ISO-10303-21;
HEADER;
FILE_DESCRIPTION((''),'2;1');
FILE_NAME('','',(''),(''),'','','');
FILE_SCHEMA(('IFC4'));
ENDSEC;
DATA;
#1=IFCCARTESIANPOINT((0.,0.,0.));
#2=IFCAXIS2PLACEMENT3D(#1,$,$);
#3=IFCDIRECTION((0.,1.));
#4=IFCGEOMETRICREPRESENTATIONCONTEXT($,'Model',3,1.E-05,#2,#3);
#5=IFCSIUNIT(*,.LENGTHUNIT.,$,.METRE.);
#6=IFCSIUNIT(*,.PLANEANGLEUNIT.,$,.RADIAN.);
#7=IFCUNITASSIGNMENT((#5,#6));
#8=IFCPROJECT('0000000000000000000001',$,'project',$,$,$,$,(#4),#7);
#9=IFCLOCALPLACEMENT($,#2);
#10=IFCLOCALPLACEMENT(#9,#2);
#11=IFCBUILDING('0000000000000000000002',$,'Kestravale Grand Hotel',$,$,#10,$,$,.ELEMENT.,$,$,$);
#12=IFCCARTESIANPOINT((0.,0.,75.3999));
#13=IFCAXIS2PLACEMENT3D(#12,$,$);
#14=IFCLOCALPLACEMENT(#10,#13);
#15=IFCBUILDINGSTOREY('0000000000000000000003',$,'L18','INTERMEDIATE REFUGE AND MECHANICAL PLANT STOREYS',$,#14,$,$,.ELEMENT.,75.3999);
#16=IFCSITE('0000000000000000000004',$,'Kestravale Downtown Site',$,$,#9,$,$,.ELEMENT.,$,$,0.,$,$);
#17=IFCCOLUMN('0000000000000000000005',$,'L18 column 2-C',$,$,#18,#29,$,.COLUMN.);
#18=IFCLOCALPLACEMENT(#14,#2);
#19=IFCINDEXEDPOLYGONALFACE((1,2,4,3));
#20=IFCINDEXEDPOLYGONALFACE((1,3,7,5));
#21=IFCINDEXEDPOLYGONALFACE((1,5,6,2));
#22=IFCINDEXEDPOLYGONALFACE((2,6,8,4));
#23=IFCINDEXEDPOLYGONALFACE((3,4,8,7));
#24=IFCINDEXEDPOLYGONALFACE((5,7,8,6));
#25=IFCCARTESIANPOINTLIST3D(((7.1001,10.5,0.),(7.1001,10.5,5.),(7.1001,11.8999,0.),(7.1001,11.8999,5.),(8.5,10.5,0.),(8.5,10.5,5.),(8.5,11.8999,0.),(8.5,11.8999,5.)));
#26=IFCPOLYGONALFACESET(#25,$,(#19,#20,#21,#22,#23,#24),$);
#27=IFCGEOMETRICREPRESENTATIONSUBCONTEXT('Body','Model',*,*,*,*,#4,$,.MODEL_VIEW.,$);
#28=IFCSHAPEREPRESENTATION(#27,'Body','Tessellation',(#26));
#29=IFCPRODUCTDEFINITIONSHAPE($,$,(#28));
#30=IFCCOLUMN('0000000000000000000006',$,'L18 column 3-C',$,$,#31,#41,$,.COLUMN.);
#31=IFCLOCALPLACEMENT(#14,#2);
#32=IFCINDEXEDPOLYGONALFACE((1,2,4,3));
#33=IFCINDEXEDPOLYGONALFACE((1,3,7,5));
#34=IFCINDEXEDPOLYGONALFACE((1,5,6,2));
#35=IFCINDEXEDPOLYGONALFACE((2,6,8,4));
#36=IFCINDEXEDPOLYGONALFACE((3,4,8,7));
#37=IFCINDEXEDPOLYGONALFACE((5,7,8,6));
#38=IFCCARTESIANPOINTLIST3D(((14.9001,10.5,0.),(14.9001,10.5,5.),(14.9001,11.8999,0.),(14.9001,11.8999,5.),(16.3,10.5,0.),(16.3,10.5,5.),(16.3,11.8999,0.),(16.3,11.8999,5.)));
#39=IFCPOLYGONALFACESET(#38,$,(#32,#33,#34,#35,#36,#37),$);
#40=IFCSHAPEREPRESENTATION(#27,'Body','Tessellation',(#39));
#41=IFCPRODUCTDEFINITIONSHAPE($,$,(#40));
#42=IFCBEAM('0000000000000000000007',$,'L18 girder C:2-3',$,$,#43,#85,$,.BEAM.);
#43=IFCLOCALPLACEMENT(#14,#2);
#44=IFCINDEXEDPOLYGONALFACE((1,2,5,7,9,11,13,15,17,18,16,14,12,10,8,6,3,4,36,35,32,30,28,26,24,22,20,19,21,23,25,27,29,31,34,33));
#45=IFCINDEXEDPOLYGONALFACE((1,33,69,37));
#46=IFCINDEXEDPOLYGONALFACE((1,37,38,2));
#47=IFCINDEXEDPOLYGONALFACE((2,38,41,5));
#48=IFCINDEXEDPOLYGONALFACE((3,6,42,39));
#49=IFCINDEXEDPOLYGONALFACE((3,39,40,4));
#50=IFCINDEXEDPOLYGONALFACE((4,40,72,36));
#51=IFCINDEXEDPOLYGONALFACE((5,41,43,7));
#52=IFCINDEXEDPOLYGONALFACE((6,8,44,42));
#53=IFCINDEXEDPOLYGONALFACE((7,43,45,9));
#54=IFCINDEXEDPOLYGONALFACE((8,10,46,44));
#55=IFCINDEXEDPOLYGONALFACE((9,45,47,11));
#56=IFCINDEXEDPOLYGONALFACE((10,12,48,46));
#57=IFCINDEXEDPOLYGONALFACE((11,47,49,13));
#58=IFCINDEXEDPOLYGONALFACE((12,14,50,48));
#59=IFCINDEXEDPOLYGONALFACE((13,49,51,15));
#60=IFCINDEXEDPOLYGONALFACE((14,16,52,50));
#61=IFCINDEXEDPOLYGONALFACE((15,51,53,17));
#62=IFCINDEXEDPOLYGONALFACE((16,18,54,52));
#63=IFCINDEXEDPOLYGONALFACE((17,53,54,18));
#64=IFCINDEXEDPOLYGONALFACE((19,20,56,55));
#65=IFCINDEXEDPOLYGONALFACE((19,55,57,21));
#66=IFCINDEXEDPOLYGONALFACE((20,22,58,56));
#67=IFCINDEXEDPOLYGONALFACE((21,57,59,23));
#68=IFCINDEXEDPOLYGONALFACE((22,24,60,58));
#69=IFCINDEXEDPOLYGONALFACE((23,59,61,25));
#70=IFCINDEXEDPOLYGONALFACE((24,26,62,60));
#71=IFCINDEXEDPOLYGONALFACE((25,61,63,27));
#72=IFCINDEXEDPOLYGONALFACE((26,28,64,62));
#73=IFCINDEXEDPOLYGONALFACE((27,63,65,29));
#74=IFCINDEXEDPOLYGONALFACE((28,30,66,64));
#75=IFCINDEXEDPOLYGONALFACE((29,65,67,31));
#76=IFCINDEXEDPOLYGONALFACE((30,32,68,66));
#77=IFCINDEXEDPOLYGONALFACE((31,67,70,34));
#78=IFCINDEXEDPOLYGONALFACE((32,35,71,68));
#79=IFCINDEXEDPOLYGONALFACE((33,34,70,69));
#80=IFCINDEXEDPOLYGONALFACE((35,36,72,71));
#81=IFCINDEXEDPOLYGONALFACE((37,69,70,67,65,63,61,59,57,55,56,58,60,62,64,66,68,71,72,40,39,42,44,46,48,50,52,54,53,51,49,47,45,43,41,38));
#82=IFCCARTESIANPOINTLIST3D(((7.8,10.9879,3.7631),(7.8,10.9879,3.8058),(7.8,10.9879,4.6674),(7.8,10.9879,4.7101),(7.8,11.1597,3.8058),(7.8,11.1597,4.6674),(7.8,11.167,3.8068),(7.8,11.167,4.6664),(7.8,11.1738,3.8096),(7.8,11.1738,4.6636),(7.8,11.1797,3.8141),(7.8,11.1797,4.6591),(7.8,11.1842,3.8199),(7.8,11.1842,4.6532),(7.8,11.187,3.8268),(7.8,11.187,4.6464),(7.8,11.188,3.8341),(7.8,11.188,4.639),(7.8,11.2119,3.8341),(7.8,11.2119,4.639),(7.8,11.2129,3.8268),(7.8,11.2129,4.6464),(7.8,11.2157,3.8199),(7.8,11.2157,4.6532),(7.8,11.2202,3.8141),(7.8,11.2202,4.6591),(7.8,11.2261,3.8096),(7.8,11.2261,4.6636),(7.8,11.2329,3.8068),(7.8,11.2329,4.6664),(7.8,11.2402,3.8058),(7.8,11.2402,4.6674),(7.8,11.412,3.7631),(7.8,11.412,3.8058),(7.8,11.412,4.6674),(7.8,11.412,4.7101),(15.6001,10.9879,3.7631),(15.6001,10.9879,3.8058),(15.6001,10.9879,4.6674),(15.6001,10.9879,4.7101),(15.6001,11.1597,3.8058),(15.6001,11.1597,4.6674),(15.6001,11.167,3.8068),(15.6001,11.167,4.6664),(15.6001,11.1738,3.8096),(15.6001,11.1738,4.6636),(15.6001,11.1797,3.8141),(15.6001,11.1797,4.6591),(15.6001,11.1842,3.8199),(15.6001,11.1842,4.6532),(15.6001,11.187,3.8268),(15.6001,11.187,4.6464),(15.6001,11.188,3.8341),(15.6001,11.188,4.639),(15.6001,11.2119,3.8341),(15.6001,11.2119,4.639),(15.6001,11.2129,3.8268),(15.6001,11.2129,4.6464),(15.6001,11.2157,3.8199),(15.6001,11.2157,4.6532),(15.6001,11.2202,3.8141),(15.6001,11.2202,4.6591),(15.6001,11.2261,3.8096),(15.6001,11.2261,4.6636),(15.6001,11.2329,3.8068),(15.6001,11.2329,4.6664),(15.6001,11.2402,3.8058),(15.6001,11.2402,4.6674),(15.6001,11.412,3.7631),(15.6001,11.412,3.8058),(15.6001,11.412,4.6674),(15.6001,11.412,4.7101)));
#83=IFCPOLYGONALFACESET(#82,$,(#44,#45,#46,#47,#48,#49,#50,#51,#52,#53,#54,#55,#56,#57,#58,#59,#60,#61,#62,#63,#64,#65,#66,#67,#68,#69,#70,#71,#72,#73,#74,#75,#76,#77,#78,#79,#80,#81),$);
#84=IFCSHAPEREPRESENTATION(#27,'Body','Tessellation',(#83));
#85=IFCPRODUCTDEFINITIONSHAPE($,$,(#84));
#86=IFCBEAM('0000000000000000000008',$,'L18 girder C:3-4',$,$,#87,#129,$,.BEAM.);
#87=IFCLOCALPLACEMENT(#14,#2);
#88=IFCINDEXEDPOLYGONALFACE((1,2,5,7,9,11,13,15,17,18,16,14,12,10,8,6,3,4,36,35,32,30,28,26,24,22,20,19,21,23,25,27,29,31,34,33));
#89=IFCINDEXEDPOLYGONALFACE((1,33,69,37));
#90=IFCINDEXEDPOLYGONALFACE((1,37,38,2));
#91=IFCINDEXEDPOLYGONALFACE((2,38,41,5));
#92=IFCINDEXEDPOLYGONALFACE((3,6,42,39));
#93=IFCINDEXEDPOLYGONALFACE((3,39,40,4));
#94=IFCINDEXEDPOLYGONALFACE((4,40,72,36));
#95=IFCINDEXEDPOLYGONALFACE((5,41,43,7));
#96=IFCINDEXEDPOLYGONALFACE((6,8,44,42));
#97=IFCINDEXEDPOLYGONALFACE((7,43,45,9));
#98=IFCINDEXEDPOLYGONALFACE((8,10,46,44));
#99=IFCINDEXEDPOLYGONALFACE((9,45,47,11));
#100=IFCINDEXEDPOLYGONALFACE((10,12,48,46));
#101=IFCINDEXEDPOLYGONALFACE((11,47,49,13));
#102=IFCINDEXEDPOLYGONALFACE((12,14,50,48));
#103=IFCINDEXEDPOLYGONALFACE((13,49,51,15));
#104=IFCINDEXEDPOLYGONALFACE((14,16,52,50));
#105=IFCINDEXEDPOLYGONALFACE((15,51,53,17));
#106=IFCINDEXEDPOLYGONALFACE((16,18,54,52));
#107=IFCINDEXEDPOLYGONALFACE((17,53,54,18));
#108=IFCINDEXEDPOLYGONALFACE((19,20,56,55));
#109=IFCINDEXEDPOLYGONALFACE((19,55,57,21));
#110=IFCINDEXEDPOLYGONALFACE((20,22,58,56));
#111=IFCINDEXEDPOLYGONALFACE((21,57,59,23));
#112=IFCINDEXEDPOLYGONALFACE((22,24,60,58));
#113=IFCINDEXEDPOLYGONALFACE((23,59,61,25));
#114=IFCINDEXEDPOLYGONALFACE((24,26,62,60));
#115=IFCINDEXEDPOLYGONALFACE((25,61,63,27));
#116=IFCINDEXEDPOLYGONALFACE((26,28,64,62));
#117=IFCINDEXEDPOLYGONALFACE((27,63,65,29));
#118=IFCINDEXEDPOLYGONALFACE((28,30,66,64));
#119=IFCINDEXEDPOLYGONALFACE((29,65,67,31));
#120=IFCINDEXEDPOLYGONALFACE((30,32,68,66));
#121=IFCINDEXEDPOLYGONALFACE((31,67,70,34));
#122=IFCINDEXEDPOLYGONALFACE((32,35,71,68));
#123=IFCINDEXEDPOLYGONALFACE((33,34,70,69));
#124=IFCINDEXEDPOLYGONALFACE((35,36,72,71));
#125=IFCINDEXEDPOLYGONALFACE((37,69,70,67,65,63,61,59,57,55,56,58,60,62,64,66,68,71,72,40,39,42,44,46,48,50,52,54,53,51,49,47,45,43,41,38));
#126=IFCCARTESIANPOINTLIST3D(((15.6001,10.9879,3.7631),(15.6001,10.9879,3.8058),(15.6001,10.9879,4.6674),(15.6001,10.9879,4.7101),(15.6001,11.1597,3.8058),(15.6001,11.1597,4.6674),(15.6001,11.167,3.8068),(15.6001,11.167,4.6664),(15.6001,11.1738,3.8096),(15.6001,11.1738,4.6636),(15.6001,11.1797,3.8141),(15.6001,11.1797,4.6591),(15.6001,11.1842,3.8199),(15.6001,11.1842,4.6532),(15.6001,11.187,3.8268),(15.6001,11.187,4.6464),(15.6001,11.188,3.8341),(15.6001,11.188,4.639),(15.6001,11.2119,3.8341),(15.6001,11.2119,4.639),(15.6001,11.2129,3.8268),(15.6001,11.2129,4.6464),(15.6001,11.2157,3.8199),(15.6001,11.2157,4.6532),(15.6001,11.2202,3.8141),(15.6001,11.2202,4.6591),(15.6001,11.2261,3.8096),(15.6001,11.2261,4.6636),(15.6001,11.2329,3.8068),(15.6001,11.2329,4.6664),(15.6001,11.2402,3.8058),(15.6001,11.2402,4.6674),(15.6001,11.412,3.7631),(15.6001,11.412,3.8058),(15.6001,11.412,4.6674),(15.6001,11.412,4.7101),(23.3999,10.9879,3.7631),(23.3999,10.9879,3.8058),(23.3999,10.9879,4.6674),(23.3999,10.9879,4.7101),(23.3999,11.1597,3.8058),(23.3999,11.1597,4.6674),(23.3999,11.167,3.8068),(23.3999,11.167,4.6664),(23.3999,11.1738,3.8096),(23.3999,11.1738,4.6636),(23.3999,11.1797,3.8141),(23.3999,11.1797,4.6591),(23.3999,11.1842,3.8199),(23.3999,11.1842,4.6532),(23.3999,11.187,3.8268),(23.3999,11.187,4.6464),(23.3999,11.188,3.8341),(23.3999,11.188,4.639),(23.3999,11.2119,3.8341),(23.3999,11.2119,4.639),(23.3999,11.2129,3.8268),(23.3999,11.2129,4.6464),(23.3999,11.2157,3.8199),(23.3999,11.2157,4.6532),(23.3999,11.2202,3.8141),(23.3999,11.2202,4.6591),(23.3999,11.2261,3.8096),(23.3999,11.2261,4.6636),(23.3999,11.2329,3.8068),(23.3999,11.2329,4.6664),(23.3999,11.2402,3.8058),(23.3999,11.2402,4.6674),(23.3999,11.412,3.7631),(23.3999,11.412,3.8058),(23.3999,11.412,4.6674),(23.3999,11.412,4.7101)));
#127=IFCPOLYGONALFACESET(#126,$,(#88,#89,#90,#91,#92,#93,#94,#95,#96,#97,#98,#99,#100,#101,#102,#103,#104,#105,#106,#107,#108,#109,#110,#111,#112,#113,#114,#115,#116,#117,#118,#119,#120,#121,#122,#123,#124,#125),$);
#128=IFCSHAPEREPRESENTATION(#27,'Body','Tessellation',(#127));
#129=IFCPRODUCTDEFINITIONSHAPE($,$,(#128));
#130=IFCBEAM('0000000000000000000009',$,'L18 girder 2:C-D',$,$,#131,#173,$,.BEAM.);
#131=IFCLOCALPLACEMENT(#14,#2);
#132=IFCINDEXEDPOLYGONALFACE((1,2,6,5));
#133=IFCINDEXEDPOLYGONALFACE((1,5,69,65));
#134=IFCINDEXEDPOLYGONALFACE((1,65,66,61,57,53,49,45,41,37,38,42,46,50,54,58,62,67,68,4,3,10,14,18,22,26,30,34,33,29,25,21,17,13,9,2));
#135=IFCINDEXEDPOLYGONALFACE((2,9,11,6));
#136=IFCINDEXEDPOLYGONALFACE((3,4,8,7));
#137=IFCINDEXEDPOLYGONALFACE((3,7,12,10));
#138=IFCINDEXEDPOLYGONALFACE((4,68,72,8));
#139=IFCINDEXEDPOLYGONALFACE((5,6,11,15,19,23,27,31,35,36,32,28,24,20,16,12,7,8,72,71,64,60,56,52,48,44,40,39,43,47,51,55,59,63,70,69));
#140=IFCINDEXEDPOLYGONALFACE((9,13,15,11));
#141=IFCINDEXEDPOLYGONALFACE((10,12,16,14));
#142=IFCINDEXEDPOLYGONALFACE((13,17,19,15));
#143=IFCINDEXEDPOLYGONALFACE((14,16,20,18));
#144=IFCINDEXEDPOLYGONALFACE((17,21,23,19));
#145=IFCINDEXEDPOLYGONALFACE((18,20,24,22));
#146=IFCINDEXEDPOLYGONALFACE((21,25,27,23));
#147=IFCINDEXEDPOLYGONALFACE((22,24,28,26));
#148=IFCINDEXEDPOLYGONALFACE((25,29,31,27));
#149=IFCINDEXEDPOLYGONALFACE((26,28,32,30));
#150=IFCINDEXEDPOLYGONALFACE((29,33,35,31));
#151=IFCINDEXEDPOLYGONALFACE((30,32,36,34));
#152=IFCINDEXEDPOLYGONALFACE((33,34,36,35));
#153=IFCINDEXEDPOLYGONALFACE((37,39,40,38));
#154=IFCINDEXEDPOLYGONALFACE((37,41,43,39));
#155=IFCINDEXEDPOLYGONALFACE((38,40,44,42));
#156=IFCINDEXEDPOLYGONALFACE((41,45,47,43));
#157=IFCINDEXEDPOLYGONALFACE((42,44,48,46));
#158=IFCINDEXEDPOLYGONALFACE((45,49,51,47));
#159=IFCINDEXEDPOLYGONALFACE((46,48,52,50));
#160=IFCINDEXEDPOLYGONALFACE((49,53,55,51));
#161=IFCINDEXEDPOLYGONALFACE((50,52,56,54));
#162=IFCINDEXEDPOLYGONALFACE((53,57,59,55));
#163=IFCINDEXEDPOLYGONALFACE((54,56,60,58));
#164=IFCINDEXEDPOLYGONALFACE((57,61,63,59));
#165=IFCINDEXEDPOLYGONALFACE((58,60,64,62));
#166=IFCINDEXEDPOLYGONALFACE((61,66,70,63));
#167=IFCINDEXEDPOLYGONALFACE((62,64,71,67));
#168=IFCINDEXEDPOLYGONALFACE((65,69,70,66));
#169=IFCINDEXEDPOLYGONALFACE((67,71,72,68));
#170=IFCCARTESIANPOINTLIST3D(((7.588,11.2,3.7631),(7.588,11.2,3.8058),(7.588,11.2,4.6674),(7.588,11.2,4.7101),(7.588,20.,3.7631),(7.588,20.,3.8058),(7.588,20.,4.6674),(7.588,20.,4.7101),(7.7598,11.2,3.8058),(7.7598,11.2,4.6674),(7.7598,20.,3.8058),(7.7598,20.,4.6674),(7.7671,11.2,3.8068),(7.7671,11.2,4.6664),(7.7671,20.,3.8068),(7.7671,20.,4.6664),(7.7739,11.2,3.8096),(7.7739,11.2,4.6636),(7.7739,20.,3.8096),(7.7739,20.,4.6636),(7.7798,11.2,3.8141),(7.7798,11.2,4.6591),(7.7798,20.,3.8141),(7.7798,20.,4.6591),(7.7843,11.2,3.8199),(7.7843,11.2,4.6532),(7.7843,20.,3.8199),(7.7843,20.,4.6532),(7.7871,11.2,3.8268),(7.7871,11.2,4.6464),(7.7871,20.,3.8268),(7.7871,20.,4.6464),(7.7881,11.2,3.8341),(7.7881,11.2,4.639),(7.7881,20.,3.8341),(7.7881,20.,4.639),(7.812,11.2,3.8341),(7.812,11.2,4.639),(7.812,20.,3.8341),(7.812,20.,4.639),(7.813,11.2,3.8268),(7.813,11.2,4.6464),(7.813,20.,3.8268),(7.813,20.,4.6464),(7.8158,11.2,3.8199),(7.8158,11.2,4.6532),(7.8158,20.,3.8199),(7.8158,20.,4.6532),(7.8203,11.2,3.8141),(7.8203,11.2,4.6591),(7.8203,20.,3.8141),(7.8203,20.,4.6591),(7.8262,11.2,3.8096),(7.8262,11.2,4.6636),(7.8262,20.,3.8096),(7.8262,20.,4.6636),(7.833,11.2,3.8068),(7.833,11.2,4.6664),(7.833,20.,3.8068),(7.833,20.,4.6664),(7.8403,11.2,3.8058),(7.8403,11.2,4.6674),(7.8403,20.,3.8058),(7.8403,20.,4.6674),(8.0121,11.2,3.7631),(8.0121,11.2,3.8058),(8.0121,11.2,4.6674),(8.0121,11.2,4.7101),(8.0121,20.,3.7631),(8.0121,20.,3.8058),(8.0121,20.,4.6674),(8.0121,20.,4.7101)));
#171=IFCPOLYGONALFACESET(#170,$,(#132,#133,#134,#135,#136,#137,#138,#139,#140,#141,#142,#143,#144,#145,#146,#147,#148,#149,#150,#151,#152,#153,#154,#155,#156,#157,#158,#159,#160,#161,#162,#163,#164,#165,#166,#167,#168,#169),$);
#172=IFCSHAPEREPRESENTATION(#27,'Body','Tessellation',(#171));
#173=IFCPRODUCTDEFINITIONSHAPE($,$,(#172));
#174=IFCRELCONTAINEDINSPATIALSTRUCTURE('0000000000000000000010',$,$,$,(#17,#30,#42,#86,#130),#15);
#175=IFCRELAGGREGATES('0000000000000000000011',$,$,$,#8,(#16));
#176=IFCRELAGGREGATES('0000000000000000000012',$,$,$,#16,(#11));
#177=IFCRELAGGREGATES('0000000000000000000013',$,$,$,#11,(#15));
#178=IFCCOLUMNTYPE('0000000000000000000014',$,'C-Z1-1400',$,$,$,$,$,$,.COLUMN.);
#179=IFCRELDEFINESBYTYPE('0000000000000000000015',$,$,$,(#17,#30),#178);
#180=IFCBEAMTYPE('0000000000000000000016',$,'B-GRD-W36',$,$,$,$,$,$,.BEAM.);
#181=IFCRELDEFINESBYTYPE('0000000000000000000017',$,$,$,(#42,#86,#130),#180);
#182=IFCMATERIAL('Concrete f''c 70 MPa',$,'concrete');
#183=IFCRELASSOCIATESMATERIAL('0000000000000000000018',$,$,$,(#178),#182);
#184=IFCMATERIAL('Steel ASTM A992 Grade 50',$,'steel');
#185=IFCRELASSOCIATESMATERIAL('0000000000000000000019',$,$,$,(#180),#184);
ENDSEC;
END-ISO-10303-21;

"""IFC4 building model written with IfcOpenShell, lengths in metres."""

from ifc_helpers import new_model, si_unit, direction, frame, origin, origin_2d, place, context, subcontext, project, spatial, rectangle, i_section, extrude, material, material_profile, profile_set, type_object, element, save


model = new_model("IFC4")

# Units and contexts
model_context = context("Model", 3, precision=1e-05, world=origin(), true_north=direction((0.0, 1.0)))
body_context = subcontext(model_context, "Body", "Model", "MODEL_VIEW")
ifc_project = project(units=[si_unit("LENGTHUNIT", "METRE"), si_unit("PLANEANGLEUNIT", "RADIAN")], contexts=[model_context])

# Site, building, storey
site_placement = place(None, origin())
site = spatial("IfcSite", under=ifc_project, at=site_placement, Name="Kestravale Downtown Site", CompositionType="ELEMENT", RefElevation=0.0)
building_placement = place(site_placement, origin())
building = spatial("IfcBuilding", under=site, at=building_placement, Name="Kestravale Grand Hotel", CompositionType="ELEMENT")
storey_placement = place(building_placement, frame((0.0, 0.0, 75.3999)))
storey = spatial("IfcBuildingStorey", under=building, at=storey_placement, Name="L18", Description="INTERMEDIATE REFUGE AND MECHANICAL PLANT STOREYS", CompositionType="ELEMENT", Elevation=75.3999)

# Columns
ifc_material_1 = material(Name="Concrete f'c 70 MPa", Category="concrete")
ifc_material_profile_1 = material_profile(ifc_material_1, rectangle(XDim=1.3999, YDim=1.3999, at=origin_2d()))
ifc_profile_set_1 = profile_set([ifc_material_profile_1], Name="Concrete f'c 70 MPa")
column_type = type_object("IfcColumnType", Name="C-Z1-1400", PredefinedType="COLUMN", material=ifc_profile_set_1)
for number, where, z_axis, x_axis, name in (
    (1, (7.8, 11.2, 0.0), (0.0, 0.0, 1.0), (1.0, 0.0, 0.0), "L18 column 2-C"),
    (2, (15.6001, 11.2, 0.0), (0.0, 0.0, 1.0), (1.0, 0.0, 0.0), "L18 column 3-C"),
):
    element("IfcColumn", number, at=place(storey_placement, frame(where, z_axis=z_axis, x_axis=x_axis)), inside=storey, type_object=column_type, Name=name, PredefinedType="COLUMN", context=body_context, shape_type="SweptSolid", body=[
        extrude(rectangle(XDim=1.3999, YDim=1.3999, at=origin_2d()), origin(), (0.0, 0.0, 1.0), 5.0),
    ])

# Beams
ifc_material_2 = material(Name="Steel ASTM A992 Grade 50", Category="steel")
ifc_material_profile_2 = material_profile(ifc_material_2, i_section(OverallWidth=0.4241, OverallDepth=0.947, WebThickness=0.0239, FlangeThickness=0.0427, FilletRadius=0.0283, at=origin_2d()))
ifc_profile_set_2 = profile_set([ifc_material_profile_2], Name="Steel ASTM A992 Grade 50")
beam_type = type_object("IfcBeamType", Name="B-GRD-W36", PredefinedType="BEAM", material=ifc_profile_set_2)
beam_1_placement = place(storey_placement, frame((7.8, 11.2, 4.2366), z_axis=(1.0, 0.0, 0.0), x_axis=(0.0, 1.0, 0.0)))
element("IfcBeam", 3, at=beam_1_placement, inside=storey, type_object=beam_type, Name="L18 girder C:2-3", PredefinedType="BEAM", context=body_context, shape_type="SweptSolid", body=[
    extrude(i_section(OverallWidth=0.4241, OverallDepth=0.947, WebThickness=0.0239, FlangeThickness=0.0427, FilletRadius=0.0283, at=origin_2d()), origin(), (0.0, 0.0, 1.0), 7.8),
])
beam_2_placement = place(storey_placement, frame((15.6001, 11.2, 4.2366), z_axis=(1.0, 0.0, 0.0), x_axis=(0.0, 1.0, 0.0)))
element("IfcBeam", 4, at=beam_2_placement, inside=storey, type_object=beam_type, Name="L18 girder C:3-4", PredefinedType="BEAM", context=body_context, shape_type="SweptSolid", body=[
    extrude(i_section(OverallWidth=0.4241, OverallDepth=0.947, WebThickness=0.0239, FlangeThickness=0.0427, FilletRadius=0.0283, at=origin_2d()), origin(), (0.0, 0.0, 1.0), 7.7998),
])
for number, where, z_axis, x_axis, name in (
    (5, (7.8, 11.2, 4.2366), (0.0, 1.0, 0.0), (-1.0, 0.0, 0.0), "L18 girder 2:C-D"),
):
    element("IfcBeam", number, at=place(storey_placement, frame(where, z_axis=z_axis, x_axis=x_axis)), inside=storey, type_object=beam_type, Name=name, PredefinedType="BEAM", context=body_context, shape_type="SweptSolid", body=[
        extrude(i_section(OverallWidth=0.4241, OverallDepth=0.947, WebThickness=0.0239, FlangeThickness=0.0427, FilletRadius=0.0283, at=origin_2d()), origin(), (0.0, 0.0, 1.0), 8.8),
    ])

save(model, "model.ifc")
